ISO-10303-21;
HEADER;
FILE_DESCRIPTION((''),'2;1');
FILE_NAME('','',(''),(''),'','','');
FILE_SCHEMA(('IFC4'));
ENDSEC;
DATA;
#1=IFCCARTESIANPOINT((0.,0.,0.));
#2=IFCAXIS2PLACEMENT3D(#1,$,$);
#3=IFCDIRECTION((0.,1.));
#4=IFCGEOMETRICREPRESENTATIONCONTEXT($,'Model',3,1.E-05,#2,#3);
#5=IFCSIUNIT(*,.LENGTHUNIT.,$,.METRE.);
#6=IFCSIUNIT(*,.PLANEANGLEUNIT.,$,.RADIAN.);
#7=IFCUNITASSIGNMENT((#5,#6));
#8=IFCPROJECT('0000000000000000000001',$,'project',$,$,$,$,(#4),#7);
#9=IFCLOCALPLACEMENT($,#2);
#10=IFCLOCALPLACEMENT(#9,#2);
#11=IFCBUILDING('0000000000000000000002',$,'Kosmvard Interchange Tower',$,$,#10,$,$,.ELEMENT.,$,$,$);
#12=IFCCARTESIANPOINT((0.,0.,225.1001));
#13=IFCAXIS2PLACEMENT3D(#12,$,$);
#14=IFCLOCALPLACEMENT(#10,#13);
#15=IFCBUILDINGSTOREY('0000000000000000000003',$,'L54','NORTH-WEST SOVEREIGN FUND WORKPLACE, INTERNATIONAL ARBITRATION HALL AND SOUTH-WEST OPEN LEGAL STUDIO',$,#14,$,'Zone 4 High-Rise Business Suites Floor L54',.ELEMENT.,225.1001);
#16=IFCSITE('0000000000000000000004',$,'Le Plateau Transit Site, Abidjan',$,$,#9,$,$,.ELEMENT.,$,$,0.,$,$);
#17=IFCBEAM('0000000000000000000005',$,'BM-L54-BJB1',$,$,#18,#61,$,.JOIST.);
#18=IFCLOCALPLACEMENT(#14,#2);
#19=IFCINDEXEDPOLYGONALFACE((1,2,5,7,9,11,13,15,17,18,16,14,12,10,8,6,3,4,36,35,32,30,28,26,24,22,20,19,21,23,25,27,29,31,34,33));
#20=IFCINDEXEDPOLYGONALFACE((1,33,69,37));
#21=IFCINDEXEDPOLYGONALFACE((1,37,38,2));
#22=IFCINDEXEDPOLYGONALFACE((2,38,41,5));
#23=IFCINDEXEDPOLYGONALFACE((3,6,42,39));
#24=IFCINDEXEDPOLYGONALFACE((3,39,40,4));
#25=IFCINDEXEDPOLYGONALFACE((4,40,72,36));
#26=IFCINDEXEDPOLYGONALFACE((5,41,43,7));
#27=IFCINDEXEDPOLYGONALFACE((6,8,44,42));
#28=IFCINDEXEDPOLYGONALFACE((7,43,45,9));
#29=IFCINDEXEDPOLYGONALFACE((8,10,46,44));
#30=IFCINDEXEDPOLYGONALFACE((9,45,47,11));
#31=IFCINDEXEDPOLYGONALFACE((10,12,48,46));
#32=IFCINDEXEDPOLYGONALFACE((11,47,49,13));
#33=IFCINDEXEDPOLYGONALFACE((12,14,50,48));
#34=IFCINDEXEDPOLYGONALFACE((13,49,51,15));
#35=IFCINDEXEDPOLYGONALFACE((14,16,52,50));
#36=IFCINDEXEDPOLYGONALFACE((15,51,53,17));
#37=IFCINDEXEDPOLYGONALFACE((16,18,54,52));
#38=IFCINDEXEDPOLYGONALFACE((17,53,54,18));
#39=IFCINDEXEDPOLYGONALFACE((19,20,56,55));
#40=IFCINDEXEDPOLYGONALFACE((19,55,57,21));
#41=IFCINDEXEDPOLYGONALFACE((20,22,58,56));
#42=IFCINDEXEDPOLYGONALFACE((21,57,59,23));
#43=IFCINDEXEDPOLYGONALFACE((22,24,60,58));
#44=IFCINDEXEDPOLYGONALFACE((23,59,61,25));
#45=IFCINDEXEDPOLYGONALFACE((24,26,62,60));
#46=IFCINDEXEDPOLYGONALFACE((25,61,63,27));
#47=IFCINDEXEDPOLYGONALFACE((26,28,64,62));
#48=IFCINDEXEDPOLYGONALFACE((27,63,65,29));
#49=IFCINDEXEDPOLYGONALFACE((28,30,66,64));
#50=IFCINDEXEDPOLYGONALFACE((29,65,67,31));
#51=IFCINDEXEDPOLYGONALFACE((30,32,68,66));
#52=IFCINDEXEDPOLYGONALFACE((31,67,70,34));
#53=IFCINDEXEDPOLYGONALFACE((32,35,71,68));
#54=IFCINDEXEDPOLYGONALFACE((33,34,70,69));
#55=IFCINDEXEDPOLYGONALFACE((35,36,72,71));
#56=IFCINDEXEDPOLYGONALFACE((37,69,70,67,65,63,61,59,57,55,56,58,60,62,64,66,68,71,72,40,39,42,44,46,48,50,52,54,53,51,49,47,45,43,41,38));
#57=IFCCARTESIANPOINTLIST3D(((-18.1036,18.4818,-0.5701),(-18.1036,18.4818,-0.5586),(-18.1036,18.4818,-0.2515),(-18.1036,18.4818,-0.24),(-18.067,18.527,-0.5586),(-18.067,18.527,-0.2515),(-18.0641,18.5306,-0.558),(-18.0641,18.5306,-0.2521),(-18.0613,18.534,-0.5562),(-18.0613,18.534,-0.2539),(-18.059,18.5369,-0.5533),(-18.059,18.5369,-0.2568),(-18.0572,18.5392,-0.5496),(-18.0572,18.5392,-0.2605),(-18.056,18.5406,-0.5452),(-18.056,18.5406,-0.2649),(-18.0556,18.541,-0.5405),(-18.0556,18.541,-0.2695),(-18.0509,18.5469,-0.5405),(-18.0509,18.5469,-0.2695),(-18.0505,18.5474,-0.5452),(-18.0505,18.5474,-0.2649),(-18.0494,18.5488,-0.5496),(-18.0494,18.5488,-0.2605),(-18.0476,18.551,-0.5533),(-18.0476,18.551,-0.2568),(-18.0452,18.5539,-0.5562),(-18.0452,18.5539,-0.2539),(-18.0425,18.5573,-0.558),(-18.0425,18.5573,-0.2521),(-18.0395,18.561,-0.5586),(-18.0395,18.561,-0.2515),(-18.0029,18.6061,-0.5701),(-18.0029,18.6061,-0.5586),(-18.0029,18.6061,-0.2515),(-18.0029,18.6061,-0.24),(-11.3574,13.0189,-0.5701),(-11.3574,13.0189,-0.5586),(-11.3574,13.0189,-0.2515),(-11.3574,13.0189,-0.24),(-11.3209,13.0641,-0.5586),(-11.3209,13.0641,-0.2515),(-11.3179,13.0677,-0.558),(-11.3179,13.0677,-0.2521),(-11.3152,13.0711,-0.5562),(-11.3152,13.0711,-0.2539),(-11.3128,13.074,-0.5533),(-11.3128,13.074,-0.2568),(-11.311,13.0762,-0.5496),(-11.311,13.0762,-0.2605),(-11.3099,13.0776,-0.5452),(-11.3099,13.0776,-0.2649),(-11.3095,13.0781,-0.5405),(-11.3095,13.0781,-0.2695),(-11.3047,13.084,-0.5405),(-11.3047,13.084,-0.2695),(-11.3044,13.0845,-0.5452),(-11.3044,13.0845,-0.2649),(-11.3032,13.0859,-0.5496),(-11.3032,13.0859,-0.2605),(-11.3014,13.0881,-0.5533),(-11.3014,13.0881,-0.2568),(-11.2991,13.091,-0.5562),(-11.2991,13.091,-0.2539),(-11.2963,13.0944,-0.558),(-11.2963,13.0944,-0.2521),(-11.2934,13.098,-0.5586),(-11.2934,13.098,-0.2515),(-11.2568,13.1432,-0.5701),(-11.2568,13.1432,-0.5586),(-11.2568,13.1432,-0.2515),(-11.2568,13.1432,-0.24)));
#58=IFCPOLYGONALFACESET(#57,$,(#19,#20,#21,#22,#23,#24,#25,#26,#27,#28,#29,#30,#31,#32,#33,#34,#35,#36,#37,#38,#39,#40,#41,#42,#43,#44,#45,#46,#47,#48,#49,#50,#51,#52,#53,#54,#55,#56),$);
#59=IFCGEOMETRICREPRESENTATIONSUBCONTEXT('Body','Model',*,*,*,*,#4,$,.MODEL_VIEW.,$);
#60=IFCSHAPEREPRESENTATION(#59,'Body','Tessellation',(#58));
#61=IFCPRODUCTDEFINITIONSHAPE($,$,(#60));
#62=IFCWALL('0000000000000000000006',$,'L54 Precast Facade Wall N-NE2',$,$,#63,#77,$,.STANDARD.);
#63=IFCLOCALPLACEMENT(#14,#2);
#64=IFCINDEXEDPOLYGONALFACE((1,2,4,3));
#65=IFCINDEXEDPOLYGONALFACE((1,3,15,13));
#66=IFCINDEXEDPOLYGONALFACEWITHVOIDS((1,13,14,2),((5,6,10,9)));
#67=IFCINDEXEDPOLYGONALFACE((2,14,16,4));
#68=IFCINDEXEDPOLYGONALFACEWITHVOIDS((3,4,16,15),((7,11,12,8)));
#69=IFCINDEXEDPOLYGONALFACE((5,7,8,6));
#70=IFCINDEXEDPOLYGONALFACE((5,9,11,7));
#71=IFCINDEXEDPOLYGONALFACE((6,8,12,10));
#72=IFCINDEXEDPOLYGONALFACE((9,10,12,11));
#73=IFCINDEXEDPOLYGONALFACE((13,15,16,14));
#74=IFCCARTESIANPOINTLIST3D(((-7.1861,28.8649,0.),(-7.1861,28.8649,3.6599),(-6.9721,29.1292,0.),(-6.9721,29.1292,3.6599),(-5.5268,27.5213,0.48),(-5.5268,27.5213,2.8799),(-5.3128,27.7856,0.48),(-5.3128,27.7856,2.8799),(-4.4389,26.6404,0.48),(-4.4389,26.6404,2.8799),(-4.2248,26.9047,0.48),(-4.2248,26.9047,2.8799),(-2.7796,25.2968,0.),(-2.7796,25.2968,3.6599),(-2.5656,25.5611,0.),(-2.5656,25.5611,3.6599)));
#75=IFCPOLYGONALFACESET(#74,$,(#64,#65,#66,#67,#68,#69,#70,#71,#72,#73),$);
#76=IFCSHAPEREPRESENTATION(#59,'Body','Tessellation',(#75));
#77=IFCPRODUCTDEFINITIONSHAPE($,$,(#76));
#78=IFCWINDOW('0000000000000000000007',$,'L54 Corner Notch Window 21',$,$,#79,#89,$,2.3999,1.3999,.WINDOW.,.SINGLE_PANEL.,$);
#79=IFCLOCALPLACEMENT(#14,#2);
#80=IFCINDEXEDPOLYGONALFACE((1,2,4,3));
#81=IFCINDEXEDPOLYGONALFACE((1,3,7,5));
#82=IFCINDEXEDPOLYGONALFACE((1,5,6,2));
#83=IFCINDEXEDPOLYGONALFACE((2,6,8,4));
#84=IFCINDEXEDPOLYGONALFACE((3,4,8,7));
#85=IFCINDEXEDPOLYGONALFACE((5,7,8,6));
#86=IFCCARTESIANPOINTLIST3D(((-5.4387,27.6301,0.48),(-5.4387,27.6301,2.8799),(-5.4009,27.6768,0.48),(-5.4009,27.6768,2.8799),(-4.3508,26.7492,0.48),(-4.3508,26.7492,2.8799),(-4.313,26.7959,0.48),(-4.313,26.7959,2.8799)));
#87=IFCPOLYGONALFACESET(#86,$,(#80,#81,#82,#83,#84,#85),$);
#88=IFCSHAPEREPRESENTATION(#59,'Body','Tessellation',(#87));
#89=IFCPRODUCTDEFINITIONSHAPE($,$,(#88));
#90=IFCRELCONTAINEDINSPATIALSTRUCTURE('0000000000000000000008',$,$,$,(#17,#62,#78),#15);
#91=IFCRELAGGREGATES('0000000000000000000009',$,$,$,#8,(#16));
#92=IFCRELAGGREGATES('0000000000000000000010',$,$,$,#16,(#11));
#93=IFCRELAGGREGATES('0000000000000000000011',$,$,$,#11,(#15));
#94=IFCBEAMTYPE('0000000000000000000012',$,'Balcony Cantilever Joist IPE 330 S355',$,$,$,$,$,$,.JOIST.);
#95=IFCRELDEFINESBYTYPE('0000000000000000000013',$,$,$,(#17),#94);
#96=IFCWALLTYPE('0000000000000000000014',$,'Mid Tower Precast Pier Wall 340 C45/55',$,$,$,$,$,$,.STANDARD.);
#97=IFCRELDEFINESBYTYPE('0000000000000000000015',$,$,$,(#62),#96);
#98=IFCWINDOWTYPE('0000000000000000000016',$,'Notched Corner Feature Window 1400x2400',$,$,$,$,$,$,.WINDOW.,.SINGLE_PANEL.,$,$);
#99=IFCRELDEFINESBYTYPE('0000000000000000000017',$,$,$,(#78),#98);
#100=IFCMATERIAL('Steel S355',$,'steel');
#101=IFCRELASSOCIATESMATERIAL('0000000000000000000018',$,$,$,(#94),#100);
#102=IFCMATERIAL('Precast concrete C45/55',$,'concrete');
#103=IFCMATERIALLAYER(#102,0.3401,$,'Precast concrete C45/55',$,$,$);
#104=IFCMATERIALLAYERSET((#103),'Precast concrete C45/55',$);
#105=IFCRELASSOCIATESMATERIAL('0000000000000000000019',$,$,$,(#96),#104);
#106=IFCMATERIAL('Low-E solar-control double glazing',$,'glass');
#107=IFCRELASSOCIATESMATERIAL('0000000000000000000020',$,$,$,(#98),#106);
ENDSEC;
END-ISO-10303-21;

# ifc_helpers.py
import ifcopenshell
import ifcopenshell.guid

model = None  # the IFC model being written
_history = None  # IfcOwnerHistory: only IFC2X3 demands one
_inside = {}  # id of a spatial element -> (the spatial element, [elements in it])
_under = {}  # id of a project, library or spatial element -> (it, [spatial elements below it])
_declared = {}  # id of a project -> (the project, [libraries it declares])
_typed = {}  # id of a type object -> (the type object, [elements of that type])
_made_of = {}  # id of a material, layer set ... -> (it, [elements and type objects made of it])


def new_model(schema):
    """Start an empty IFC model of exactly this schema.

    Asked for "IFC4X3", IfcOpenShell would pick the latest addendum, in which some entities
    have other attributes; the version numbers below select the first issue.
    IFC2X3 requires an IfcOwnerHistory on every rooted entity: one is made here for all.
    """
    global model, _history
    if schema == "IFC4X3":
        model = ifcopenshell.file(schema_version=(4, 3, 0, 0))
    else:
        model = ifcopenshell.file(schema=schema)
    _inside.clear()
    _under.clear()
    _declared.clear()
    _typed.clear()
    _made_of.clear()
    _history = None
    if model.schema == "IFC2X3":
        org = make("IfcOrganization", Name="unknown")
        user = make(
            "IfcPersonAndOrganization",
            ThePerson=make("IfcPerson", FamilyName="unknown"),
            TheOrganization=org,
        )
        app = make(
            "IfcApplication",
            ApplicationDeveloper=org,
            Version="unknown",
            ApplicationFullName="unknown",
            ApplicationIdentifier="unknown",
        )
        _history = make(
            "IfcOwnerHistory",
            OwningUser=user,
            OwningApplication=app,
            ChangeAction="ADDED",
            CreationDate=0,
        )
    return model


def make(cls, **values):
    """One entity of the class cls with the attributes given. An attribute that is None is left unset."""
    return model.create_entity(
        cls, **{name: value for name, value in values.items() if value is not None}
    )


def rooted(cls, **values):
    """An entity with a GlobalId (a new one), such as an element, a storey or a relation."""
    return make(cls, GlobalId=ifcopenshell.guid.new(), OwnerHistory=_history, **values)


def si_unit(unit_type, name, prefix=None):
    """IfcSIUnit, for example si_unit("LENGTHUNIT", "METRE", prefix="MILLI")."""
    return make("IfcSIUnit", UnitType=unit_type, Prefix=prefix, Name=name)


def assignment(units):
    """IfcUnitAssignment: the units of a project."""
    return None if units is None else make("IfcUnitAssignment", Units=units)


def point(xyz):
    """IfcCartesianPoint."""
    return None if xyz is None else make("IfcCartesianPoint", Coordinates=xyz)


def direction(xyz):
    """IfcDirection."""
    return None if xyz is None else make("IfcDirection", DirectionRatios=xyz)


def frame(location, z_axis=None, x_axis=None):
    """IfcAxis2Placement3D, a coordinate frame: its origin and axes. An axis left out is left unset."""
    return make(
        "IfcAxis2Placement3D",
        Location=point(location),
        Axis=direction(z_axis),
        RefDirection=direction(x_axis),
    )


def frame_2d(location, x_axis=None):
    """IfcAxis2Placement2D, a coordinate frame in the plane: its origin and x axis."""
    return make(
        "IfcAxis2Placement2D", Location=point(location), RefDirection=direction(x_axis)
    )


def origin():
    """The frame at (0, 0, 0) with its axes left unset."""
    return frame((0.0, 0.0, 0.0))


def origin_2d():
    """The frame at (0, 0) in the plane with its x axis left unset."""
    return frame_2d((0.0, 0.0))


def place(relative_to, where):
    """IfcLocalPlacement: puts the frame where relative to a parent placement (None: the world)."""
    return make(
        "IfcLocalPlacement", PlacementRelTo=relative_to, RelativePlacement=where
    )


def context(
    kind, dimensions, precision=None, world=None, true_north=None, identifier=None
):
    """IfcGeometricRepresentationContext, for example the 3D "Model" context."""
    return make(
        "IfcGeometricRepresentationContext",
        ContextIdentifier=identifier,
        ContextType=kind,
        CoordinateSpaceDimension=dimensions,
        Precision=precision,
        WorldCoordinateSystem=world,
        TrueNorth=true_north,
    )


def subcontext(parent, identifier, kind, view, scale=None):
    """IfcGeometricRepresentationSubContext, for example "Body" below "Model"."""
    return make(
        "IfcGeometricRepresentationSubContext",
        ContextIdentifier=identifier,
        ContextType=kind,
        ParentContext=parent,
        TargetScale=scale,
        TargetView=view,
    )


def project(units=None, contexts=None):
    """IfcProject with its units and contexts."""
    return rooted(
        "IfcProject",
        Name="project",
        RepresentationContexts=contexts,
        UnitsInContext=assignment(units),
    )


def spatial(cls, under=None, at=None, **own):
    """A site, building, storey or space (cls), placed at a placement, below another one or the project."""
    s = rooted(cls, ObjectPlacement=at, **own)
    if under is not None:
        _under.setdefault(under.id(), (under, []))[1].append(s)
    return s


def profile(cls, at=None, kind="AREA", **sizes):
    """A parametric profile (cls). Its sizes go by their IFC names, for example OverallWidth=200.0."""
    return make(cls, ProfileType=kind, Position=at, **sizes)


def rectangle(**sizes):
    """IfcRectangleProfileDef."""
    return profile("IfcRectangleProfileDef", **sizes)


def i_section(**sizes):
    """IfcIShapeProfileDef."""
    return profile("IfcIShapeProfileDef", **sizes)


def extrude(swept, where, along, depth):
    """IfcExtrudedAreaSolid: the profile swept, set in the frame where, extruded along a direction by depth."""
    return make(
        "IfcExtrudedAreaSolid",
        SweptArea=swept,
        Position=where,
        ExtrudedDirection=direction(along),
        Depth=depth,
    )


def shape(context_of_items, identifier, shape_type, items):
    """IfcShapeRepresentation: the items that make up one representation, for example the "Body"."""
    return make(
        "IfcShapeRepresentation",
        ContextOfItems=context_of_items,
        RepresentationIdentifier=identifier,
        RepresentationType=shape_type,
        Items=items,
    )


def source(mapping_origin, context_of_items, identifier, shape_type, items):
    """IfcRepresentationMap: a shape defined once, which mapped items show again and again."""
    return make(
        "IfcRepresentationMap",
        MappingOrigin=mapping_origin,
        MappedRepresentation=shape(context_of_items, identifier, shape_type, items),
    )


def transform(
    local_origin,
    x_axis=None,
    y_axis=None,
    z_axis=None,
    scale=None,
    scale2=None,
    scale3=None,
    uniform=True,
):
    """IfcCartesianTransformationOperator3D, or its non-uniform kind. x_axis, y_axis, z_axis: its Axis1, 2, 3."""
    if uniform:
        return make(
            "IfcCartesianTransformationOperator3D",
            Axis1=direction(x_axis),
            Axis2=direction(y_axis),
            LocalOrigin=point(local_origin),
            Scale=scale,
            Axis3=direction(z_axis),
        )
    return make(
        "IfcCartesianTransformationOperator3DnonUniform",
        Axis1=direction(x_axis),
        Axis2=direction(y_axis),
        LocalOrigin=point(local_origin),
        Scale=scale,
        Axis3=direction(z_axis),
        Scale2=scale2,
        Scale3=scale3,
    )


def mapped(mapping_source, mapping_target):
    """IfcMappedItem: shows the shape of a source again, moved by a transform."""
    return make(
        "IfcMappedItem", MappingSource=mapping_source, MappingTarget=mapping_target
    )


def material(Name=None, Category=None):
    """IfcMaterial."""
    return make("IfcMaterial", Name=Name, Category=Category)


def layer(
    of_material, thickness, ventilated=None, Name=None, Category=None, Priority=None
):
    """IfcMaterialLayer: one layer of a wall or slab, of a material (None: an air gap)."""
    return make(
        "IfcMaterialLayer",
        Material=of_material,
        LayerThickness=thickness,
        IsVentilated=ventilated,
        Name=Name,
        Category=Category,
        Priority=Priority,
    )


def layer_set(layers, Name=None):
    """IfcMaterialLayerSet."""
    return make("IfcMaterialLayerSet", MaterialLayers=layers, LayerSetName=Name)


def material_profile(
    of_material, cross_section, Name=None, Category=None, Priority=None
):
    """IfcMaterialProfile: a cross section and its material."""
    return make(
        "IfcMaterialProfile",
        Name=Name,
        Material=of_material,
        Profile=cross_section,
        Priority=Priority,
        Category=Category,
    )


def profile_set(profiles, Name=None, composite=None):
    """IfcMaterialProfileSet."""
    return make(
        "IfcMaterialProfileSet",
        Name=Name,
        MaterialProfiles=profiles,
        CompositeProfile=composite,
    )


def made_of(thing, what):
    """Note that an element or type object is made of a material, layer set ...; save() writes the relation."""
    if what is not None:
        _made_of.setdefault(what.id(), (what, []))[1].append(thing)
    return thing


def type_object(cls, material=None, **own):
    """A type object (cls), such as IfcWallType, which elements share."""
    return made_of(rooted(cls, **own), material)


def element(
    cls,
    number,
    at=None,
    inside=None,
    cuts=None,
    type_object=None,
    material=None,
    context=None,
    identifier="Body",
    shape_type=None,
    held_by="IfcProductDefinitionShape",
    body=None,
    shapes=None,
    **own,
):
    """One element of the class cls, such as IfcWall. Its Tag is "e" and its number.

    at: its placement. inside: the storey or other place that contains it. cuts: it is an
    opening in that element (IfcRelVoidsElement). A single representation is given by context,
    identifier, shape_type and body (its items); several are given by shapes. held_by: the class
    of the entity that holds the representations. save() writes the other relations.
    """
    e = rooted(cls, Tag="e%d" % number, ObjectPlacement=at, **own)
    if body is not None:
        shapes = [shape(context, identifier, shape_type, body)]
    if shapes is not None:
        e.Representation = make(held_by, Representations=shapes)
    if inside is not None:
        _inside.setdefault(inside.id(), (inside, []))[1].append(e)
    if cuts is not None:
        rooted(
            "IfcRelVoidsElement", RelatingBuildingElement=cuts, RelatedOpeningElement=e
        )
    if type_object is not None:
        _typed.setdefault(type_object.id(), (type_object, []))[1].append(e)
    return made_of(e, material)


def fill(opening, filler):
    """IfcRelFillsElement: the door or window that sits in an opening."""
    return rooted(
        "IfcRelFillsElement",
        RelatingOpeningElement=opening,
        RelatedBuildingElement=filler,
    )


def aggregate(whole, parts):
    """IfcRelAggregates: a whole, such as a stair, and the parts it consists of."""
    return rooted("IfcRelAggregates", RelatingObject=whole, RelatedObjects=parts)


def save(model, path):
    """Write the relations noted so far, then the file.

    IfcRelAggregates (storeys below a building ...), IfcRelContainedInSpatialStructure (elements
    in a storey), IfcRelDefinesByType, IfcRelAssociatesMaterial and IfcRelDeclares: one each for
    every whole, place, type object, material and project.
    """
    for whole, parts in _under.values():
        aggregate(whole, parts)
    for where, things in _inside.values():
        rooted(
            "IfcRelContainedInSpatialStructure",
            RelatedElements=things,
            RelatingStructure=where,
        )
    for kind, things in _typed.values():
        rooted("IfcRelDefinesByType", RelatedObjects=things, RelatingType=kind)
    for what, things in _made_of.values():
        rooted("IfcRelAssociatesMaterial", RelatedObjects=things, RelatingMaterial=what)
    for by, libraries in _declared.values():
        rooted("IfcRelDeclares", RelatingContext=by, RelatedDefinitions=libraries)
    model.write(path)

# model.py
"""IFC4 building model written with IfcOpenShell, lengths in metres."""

from ifc_helpers import new_model, si_unit, direction, frame, frame_2d, origin, origin_2d, place, context, subcontext, project, spatial, rectangle, i_section, extrude, source, transform, mapped, material, layer, layer_set, material_profile, profile_set, type_object, element, fill, save


model = new_model("IFC4")

# Units and contexts
model_context = context("Model", 3, precision=1e-05, world=origin(), true_north=direction((0.0, 1.0)))
body_context = subcontext(model_context, "Body", "Model", "MODEL_VIEW")
ifc_project = project(units=[si_unit("LENGTHUNIT", "METRE"), si_unit("PLANEANGLEUNIT", "RADIAN")], contexts=[model_context])

# Site, building, storey
site_placement = place(None, origin())
site = spatial("IfcSite", under=ifc_project, at=site_placement, Name="Le Plateau Transit Site, Abidjan", CompositionType="ELEMENT", RefElevation=0.0)
building_placement = place(site_placement, origin())
building = spatial("IfcBuilding", under=site, at=building_placement, Name="Kosmvard Interchange Tower", CompositionType="ELEMENT")
storey_placement = place(building_placement, frame((0.0, 0.0, 225.1001)))
storey = spatial("IfcBuildingStorey", under=building, at=storey_placement, Name="L54", Description="NORTH-WEST SOVEREIGN FUND WORKPLACE, INTERNATIONAL ARBITRATION HALL AND SOUTH-WEST OPEN LEGAL STUDIO", LongName="Zone 4 High-Rise Business Suites Floor L54", CompositionType="ELEMENT", Elevation=225.1001)

# Beam
ifc_material_1 = material(Name="Steel S355", Category="steel")
ifc_material_profile_1 = material_profile(ifc_material_1, i_section(OverallWidth=0.1599, OverallDepth=0.3301, WebThickness=0.0076, FlangeThickness=0.0115, FilletRadius=0.0181, at=origin_2d()), Name="IPE 330")
ifc_profile_set_1 = profile_set([ifc_material_profile_1], Name="Steel S355")
beam_type_1 = type_object("IfcBeamType", Name="Balcony Cantilever Joist IPE 330 S355", PredefinedType="JOIST", material=ifc_profile_set_1)
shared_shape_1 = source(origin(), body_context, "Body", "SweptSolid", [
    extrude(i_section(OverallWidth=0.1599, OverallDepth=0.3301, WebThickness=0.0076, FlangeThickness=0.0115, FilletRadius=0.0181, at=origin_2d()), origin(), (0.0, 0.0, 1.0), 8.6807),
])
beam_1_placement = place(storey_placement, frame((-11.3071, 13.0811, -0.405), z_axis=(-0.777145, 0.629321, 0.0), x_axis=(-0.629321, -0.777145, 0.0)))
element("IfcBeam", 1, at=beam_1_placement, inside=storey, type_object=beam_type_1, Name="BM-L54-BJB1", PredefinedType="JOIST", context=body_context, shape_type="MappedRepresentation", body=[
    mapped(shared_shape_1, transform((0.0, 0.0, 0.0), scale=1.0)),
])

# Wall, opening, window
ifc_material_2 = material(Name="Precast concrete C45/55", Category="concrete")
ifc_layer_1 = layer(ifc_material_2, 0.3401, Name="Precast concrete C45/55")
ifc_layer_set_1 = layer_set([ifc_layer_1], Name="Precast concrete C45/55")
wall_type = type_object("IfcWallType", Name="Mid Tower Precast Pier Wall 340 C45/55", PredefinedType="STANDARD", material=ifc_layer_set_1)
wall_1_placement = place(storey_placement, frame((-2.6726, 25.429, 0.0), z_axis=(0.0, 0.0, 1.0), x_axis=(-0.777163, 0.6293, 0.0)))
wall_1 = element("IfcWall", 2, at=wall_1_placement, inside=storey, type_object=wall_type, Name="L54 Precast Facade Wall N-NE2", PredefinedType="STANDARD", context=body_context, shape_type="SweptSolid", body=[
    extrude(rectangle(XDim=5.6699, YDim=0.3401, at=frame_2d((2.835, 0.0))), origin(), (0.0, 0.0, 1.0), 3.6599),
])
opening_1_placement = place(wall_1_placement, frame((2.135, 0.0, 0.48)))
opening_1 = element("IfcOpeningElement", 3, at=opening_1_placement, cuts=wall_1, PredefinedType="OPENING", context=body_context, shape_type="SweptSolid", body=[
    extrude(rectangle(XDim=1.3999, YDim=2.3999, at=frame_2d((0.7, 1.2))), frame((0.0, 0.1802, 0.0), z_axis=(0.0, -1.0, 0.0), x_axis=(1.0, 0.0, 0.0)), (0.0, 0.0, 1.0), 0.3601),
])
ifc_material_3 = material(Name="Low-E solar-control double glazing", Category="glass")
window_type_1 = type_object("IfcWindowType", Name="Notched Corner Feature Window 1400x2400", PartitioningType="SINGLE_PANEL", PredefinedType="WINDOW", material=ifc_material_3)
shared_shape_2 = source(origin(), body_context, "Body", "SweptSolid", [
    extrude(rectangle(XDim=1.3999, YDim=2.3999, at=frame_2d((0.7, 1.2))), frame((0.0, 0.03, 0.0), z_axis=(0.0, -1.0, 0.0), x_axis=(1.0, 0.0, 0.0)), (0.0, 0.0, 1.0), 0.0601),
])
window_1_placement = place(opening_1_placement, origin())
window_1 = element("IfcWindow", 4, at=window_1_placement, inside=storey, type_object=window_type_1, Name="L54 Corner Notch Window 21", OverallHeight=2.3999, OverallWidth=1.3999, PartitioningType="SINGLE_PANEL", PredefinedType="WINDOW", context=body_context, shape_type="MappedRepresentation", body=[
    mapped(shared_shape_2, transform((0.0, 0.0, 0.0), scale=1.0)),
])
fill(opening_1, window_1)

save(model, "model.ifc")
